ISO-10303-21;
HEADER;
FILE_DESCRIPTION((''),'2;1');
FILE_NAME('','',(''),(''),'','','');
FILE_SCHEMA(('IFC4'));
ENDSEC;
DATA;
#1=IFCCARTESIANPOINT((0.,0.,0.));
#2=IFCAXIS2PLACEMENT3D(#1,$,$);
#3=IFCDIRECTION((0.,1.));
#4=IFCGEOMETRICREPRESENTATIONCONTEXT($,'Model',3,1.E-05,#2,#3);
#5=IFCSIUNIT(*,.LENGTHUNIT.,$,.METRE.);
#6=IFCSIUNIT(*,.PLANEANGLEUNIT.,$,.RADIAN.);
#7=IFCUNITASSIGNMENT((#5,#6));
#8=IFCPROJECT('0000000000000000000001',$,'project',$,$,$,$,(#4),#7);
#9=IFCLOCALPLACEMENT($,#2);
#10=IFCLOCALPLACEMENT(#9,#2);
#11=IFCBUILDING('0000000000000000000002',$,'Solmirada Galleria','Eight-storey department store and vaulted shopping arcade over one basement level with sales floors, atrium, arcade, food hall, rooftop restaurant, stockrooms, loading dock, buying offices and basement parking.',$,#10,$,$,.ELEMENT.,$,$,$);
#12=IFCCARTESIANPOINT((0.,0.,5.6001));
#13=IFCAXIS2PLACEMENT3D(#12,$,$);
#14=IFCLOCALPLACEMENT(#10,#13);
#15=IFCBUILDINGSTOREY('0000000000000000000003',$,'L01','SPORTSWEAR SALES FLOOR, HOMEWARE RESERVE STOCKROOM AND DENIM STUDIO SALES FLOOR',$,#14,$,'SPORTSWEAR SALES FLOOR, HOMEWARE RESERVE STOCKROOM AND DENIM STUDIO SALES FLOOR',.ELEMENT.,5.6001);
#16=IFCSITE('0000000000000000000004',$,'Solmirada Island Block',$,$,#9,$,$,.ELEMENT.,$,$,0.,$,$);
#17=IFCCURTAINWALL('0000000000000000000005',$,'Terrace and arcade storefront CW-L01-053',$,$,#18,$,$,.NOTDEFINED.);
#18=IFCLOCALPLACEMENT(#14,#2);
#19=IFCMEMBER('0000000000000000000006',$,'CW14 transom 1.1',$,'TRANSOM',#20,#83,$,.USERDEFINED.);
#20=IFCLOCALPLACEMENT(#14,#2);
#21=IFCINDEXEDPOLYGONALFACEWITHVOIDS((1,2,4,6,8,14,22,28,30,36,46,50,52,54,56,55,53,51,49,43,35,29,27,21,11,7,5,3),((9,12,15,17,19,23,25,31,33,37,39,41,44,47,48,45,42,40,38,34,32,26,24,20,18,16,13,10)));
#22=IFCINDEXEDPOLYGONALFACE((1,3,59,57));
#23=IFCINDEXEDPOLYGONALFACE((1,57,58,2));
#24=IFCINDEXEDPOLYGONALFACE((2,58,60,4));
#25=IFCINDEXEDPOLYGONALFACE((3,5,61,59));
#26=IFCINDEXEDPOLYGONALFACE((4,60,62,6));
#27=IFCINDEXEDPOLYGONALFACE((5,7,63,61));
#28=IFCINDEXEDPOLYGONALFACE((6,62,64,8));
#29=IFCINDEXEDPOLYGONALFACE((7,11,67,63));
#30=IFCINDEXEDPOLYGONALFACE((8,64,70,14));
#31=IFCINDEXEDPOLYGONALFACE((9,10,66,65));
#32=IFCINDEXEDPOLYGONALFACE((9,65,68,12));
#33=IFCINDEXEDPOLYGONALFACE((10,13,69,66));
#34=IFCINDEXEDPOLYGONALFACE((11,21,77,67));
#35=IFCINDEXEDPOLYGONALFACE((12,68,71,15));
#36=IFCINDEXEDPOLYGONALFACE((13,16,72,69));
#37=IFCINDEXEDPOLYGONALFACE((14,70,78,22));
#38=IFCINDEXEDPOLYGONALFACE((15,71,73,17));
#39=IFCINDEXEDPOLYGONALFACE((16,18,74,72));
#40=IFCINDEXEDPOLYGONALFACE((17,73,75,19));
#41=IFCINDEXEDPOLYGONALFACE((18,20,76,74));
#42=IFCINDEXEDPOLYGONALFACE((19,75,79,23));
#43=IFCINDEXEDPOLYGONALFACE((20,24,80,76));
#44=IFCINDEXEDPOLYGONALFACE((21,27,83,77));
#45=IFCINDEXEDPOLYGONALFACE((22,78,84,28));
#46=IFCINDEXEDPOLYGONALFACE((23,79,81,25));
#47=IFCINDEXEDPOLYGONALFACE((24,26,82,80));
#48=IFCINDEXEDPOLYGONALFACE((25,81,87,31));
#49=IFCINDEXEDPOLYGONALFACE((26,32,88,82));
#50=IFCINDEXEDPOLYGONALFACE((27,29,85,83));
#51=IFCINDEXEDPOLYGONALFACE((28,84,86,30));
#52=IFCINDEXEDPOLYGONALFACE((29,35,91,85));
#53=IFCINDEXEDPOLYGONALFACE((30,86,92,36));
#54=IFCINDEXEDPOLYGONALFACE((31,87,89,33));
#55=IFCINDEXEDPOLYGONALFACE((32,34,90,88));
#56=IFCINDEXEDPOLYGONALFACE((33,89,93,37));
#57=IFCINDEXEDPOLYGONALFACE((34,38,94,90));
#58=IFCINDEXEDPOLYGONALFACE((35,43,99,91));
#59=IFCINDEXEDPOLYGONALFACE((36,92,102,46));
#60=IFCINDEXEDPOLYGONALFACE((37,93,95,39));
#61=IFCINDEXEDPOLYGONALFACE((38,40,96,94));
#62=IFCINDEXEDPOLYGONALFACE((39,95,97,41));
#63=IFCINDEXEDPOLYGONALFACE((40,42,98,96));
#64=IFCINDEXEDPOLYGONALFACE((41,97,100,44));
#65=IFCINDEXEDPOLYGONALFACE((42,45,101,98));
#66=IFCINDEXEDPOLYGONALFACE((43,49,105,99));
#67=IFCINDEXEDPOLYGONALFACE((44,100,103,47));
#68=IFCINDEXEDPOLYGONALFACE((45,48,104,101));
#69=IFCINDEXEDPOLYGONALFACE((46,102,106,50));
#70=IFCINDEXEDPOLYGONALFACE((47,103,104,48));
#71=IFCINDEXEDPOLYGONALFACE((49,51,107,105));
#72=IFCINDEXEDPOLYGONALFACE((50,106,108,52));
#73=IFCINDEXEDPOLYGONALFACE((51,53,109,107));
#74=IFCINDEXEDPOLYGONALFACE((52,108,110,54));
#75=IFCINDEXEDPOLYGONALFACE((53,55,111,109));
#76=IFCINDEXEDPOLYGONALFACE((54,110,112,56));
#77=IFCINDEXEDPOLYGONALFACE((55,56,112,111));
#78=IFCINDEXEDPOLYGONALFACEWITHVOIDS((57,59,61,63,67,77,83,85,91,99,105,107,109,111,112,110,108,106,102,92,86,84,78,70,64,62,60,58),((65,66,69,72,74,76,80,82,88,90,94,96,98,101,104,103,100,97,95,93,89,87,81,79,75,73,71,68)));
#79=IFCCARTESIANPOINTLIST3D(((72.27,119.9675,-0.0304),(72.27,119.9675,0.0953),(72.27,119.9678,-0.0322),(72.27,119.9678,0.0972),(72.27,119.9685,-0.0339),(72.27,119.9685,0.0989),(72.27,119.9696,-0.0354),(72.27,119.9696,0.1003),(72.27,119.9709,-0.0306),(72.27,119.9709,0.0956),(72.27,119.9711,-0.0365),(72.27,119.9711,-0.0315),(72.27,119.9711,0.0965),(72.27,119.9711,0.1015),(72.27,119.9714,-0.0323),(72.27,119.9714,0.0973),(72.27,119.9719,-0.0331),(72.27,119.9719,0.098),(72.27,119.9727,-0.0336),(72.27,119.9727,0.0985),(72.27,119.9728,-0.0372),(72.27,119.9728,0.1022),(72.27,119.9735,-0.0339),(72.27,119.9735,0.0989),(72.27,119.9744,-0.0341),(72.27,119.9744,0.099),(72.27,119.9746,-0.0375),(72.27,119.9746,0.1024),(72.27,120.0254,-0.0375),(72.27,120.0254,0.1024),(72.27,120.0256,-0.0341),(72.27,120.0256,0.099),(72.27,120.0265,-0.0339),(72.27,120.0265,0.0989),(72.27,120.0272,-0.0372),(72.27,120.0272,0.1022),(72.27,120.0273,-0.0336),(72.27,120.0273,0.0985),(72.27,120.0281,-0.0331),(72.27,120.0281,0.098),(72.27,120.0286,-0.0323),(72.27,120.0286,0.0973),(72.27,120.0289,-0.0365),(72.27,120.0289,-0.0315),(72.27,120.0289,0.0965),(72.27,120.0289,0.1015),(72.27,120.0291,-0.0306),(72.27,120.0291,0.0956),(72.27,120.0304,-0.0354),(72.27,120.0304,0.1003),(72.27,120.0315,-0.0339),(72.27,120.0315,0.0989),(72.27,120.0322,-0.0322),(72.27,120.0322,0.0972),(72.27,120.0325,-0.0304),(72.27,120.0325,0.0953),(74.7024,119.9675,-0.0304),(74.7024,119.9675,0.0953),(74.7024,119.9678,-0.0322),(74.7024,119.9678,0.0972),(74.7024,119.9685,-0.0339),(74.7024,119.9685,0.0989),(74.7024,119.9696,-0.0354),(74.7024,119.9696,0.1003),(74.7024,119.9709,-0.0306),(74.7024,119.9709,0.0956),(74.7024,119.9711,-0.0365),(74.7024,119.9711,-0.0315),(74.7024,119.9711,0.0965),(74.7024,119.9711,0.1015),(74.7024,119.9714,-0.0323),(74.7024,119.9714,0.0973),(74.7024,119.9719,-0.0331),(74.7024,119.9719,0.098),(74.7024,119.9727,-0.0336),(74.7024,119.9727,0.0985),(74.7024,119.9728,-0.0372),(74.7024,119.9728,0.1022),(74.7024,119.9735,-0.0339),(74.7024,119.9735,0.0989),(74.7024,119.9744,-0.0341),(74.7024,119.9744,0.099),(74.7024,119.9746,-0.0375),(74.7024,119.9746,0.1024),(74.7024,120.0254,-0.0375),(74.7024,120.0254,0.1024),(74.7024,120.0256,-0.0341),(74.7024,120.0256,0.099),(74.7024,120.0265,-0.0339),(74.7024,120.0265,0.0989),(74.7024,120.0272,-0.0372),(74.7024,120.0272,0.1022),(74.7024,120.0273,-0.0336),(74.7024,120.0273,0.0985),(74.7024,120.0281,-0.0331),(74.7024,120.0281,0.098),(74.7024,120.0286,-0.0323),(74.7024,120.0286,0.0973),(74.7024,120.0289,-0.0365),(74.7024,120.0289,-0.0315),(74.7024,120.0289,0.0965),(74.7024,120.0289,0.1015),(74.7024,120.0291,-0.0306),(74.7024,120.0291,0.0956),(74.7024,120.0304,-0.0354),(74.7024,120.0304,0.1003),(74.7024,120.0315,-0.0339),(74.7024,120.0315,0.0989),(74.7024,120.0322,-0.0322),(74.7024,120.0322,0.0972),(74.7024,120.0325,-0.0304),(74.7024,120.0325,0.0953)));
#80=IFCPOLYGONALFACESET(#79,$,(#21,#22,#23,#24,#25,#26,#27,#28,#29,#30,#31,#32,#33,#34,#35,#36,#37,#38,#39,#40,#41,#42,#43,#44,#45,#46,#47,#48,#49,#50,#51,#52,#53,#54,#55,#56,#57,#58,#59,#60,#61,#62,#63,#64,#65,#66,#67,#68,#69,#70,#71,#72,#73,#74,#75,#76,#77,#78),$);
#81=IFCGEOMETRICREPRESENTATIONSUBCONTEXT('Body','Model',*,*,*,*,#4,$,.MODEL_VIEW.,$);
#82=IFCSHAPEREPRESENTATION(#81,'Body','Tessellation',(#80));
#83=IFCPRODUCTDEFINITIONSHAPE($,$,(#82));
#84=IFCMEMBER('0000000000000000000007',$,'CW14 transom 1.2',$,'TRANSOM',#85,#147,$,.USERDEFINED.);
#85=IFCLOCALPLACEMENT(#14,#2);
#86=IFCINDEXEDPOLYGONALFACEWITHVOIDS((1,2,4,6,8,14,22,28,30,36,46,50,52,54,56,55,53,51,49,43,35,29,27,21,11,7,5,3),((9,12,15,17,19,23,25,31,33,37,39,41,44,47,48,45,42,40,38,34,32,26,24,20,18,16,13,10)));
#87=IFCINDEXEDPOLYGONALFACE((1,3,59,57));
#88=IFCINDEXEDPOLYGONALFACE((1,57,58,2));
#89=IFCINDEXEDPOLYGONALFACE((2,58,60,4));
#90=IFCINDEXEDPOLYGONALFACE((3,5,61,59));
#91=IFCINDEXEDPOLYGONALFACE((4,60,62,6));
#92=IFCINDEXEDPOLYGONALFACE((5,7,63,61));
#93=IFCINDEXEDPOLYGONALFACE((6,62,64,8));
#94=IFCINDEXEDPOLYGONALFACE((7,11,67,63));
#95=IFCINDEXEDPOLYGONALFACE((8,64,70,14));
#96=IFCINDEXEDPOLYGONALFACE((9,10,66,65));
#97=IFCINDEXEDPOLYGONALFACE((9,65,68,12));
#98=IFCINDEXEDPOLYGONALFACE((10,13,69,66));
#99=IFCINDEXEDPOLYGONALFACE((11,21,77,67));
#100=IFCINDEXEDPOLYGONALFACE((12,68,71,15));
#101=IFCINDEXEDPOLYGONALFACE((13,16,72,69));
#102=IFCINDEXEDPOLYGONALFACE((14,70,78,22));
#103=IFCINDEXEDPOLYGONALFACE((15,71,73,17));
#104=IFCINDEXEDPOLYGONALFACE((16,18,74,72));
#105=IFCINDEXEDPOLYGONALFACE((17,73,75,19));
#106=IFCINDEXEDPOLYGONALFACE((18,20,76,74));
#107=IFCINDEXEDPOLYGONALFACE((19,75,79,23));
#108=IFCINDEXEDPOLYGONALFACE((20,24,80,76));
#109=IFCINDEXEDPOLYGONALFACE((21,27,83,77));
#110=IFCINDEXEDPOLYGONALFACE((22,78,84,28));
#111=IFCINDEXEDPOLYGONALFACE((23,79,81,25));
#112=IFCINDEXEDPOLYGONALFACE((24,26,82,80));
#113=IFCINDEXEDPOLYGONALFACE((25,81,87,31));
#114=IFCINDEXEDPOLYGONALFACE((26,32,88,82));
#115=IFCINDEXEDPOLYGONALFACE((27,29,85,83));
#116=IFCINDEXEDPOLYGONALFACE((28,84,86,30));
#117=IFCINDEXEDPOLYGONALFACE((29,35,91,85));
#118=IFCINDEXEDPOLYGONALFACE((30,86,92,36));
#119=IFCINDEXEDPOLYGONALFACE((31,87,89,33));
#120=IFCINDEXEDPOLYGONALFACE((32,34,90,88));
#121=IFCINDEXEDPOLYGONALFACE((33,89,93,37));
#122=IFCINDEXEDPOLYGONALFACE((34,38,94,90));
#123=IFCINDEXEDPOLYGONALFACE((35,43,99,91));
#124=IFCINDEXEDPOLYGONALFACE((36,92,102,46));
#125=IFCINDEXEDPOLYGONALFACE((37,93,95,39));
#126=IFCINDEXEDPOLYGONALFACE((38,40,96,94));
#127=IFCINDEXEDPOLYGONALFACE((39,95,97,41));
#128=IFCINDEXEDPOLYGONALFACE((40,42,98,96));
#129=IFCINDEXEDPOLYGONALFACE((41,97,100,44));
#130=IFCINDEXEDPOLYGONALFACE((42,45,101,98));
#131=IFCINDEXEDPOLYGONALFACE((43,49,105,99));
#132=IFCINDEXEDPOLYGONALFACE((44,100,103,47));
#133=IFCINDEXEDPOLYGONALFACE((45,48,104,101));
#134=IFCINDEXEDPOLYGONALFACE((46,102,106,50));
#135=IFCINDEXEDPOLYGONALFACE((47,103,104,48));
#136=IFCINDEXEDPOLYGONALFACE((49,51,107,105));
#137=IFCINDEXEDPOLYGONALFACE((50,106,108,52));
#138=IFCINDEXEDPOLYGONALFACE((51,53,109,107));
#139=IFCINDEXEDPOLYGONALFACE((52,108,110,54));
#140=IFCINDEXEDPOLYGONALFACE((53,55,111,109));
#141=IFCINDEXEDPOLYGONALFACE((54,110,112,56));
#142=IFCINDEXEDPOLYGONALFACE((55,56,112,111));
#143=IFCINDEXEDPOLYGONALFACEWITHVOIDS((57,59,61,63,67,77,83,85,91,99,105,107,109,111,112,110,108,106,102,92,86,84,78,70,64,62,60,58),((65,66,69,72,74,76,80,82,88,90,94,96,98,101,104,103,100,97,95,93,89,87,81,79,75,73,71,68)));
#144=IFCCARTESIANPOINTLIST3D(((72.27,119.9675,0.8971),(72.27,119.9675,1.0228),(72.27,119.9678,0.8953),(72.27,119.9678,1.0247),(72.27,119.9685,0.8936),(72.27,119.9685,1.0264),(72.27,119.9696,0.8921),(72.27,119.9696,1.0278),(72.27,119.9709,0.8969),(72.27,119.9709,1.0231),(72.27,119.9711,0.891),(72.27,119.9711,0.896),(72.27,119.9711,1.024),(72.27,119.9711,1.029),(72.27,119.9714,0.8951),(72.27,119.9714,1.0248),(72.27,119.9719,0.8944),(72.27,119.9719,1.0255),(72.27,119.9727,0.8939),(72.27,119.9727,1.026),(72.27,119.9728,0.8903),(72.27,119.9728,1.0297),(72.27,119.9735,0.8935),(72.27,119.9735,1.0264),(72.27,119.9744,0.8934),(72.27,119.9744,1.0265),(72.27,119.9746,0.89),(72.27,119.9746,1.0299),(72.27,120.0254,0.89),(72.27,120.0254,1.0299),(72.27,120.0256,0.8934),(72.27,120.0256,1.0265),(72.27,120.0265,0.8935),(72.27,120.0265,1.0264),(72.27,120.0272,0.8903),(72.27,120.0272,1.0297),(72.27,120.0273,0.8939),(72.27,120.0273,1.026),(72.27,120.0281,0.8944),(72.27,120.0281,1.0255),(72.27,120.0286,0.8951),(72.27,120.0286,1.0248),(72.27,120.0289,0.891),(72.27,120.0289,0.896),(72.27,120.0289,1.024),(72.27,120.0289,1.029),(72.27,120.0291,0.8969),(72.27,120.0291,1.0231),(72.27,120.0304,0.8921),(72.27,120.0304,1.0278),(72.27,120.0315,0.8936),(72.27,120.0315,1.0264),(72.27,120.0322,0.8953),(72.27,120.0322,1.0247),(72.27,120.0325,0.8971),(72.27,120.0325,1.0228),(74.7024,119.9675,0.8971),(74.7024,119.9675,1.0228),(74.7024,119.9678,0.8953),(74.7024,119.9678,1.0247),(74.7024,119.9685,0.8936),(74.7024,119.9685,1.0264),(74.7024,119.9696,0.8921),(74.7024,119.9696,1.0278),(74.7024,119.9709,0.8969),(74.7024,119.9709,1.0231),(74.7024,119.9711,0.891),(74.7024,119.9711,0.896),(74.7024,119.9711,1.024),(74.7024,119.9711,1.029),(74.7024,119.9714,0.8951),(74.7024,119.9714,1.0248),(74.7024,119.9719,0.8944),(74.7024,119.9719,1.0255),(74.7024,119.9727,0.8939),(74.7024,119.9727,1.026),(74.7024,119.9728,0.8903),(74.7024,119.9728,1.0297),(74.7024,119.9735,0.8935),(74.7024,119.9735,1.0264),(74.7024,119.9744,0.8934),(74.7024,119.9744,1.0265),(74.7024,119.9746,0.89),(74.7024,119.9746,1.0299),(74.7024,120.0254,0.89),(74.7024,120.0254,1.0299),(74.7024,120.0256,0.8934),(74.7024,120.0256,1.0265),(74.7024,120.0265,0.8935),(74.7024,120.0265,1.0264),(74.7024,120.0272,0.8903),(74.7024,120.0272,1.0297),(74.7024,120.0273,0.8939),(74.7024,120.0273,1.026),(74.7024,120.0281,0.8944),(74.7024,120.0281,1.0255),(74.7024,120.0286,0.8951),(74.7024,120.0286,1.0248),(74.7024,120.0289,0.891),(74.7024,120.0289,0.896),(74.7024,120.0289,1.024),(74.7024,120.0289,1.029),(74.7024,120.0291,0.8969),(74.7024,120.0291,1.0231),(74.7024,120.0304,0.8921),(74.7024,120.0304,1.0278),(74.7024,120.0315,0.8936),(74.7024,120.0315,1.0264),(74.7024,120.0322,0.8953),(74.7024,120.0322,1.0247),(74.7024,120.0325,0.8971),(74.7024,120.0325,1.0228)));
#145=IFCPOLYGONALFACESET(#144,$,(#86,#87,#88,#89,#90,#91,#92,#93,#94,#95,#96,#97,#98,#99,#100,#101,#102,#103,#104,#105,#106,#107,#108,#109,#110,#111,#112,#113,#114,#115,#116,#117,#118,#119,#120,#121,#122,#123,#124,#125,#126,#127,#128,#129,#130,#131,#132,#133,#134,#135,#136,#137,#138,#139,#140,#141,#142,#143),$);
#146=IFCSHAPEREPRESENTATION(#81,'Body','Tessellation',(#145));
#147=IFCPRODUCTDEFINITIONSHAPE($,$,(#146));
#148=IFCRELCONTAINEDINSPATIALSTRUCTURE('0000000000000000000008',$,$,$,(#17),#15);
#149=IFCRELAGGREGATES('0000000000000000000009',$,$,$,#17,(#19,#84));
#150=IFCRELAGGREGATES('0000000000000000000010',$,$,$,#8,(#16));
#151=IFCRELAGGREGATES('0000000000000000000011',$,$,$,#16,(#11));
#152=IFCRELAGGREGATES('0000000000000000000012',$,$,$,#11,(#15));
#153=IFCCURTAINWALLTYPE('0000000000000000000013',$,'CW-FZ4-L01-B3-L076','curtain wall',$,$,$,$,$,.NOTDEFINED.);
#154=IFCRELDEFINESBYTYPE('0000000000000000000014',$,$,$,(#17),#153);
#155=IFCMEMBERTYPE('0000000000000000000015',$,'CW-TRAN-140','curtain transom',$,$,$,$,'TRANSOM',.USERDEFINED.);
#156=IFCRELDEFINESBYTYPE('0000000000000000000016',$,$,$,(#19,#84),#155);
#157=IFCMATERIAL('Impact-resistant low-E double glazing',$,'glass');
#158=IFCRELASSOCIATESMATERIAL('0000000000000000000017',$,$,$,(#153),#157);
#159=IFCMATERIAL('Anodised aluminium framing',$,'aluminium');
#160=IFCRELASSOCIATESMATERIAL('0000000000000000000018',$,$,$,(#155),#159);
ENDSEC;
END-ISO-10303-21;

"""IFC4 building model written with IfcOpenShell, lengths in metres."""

from ifc_helpers import new_model, si_unit, direction, frame, origin, origin_2d, place, context, subcontext, project, spatial, hollow_rectangle, extrude, material, material_profile, profile_set, type_object, element, aggregate, save


model = new_model("IFC4")

# Units and contexts
model_context = context("Model", 3, precision=1e-05, world=origin(), true_north=direction((0.0, 1.0)))
body_context = subcontext(model_context, "Body", "Model", "MODEL_VIEW")
ifc_project = project(units=[si_unit("LENGTHUNIT", "METRE"), si_unit("PLANEANGLEUNIT", "RADIAN")], contexts=[model_context])

# Site, building, storey
site_placement = place(None, origin())
site = spatial("IfcSite", under=ifc_project, at=site_placement, Name="Solmirada Island Block", CompositionType="ELEMENT", RefElevation=0.0)
building_placement = place(site_placement, origin())
building = spatial("IfcBuilding", under=site, at=building_placement, Name="Solmirada Galleria", Description="Eight-storey department store and vaulted shopping arcade over one basement level with sales floors, atrium, arcade, food hall, rooftop restaurant, stockrooms, loading dock, buying offices and basement parking.", CompositionType="ELEMENT")
storey_placement = place(building_placement, frame((0.0, 0.0, 5.6001)))
storey = spatial("IfcBuildingStorey", under=building, at=storey_placement, Name="L01", Description="SPORTSWEAR SALES FLOOR, HOMEWARE RESERVE STOCKROOM AND DENIM STUDIO SALES FLOOR", LongName="SPORTSWEAR SALES FLOOR, HOMEWARE RESERVE STOCKROOM AND DENIM STUDIO SALES FLOOR", CompositionType="ELEMENT", Elevation=5.6001)

# Curtain wall, members
ifc_material_1 = material(Name="Impact-resistant low-E double glazing", Category="glass")
curtain_wall_type = type_object("IfcCurtainWallType", Name="CW-FZ4-L01-B3-L076", Description="curtain wall", PredefinedType="NOTDEFINED", material=ifc_material_1)
curtain_wall_placement = place(storey_placement, origin())
curtain_wall = element("IfcCurtainWall", 1, at=curtain_wall_placement, inside=storey, type_object=curtain_wall_type, Name="Terrace and arcade storefront CW-L01-053", PredefinedType="NOTDEFINED")
ifc_material_2 = material(Name="Anodised aluminium framing", Category="aluminium")
ifc_material_profile_1 = material_profile(ifc_material_2, hollow_rectangle(XDim=0.0649, YDim=0.1399, WallThickness=0.0034, InnerFilletRadius=0.0034, OuterFilletRadius=0.0071, at=origin_2d()), Name="ALU-TRAN-140X65")
ifc_profile_set_1 = profile_set([ifc_material_profile_1], Name="Anodised aluminium framing")
member_type_1 = type_object("IfcMemberType", Name="CW-TRAN-140", Description="curtain transom", ElementType="TRANSOM", PredefinedType="USERDEFINED", material=ifc_profile_set_1)
member_1_placement = place(storey_placement, frame((72.27, 120.0, 0.0325), z_axis=(1.0, 0.0, 0.0), x_axis=(0.0, 1.0, 0.0)))
member_1 = element("IfcMember", 2, at=member_1_placement, type_object=member_type_1, Name="CW14 transom 1.1", ObjectType="TRANSOM", PredefinedType="USERDEFINED", context=body_context, shape_type="SweptSolid", body=[
    extrude(hollow_rectangle(XDim=0.0649, YDim=0.1399, WallThickness=0.0034, InnerFilletRadius=0.0034, OuterFilletRadius=0.0071, at=origin_2d()), origin(), (0.0, 0.0, 1.0), 2.4324),
])
member_2_placement = place(storey_placement, frame((72.27, 120.0, 0.96), z_axis=(1.0, 0.0, 0.0), x_axis=(0.0, 1.0, 0.0)))
member_2 = element("IfcMember", 3, at=member_2_placement, type_object=member_type_1, Name="CW14 transom 1.2", ObjectType="TRANSOM", PredefinedType="USERDEFINED", context=body_context, shape_type="SweptSolid", body=[
    extrude(hollow_rectangle(XDim=0.0649, YDim=0.1399, WallThickness=0.0034, InnerFilletRadius=0.0034, OuterFilletRadius=0.0071, at=origin_2d()), origin(), (0.0, 0.0, 1.0), 2.4324),
])

aggregate(curtain_wall, [member_1, member_2])

save(model, "model.ifc")
